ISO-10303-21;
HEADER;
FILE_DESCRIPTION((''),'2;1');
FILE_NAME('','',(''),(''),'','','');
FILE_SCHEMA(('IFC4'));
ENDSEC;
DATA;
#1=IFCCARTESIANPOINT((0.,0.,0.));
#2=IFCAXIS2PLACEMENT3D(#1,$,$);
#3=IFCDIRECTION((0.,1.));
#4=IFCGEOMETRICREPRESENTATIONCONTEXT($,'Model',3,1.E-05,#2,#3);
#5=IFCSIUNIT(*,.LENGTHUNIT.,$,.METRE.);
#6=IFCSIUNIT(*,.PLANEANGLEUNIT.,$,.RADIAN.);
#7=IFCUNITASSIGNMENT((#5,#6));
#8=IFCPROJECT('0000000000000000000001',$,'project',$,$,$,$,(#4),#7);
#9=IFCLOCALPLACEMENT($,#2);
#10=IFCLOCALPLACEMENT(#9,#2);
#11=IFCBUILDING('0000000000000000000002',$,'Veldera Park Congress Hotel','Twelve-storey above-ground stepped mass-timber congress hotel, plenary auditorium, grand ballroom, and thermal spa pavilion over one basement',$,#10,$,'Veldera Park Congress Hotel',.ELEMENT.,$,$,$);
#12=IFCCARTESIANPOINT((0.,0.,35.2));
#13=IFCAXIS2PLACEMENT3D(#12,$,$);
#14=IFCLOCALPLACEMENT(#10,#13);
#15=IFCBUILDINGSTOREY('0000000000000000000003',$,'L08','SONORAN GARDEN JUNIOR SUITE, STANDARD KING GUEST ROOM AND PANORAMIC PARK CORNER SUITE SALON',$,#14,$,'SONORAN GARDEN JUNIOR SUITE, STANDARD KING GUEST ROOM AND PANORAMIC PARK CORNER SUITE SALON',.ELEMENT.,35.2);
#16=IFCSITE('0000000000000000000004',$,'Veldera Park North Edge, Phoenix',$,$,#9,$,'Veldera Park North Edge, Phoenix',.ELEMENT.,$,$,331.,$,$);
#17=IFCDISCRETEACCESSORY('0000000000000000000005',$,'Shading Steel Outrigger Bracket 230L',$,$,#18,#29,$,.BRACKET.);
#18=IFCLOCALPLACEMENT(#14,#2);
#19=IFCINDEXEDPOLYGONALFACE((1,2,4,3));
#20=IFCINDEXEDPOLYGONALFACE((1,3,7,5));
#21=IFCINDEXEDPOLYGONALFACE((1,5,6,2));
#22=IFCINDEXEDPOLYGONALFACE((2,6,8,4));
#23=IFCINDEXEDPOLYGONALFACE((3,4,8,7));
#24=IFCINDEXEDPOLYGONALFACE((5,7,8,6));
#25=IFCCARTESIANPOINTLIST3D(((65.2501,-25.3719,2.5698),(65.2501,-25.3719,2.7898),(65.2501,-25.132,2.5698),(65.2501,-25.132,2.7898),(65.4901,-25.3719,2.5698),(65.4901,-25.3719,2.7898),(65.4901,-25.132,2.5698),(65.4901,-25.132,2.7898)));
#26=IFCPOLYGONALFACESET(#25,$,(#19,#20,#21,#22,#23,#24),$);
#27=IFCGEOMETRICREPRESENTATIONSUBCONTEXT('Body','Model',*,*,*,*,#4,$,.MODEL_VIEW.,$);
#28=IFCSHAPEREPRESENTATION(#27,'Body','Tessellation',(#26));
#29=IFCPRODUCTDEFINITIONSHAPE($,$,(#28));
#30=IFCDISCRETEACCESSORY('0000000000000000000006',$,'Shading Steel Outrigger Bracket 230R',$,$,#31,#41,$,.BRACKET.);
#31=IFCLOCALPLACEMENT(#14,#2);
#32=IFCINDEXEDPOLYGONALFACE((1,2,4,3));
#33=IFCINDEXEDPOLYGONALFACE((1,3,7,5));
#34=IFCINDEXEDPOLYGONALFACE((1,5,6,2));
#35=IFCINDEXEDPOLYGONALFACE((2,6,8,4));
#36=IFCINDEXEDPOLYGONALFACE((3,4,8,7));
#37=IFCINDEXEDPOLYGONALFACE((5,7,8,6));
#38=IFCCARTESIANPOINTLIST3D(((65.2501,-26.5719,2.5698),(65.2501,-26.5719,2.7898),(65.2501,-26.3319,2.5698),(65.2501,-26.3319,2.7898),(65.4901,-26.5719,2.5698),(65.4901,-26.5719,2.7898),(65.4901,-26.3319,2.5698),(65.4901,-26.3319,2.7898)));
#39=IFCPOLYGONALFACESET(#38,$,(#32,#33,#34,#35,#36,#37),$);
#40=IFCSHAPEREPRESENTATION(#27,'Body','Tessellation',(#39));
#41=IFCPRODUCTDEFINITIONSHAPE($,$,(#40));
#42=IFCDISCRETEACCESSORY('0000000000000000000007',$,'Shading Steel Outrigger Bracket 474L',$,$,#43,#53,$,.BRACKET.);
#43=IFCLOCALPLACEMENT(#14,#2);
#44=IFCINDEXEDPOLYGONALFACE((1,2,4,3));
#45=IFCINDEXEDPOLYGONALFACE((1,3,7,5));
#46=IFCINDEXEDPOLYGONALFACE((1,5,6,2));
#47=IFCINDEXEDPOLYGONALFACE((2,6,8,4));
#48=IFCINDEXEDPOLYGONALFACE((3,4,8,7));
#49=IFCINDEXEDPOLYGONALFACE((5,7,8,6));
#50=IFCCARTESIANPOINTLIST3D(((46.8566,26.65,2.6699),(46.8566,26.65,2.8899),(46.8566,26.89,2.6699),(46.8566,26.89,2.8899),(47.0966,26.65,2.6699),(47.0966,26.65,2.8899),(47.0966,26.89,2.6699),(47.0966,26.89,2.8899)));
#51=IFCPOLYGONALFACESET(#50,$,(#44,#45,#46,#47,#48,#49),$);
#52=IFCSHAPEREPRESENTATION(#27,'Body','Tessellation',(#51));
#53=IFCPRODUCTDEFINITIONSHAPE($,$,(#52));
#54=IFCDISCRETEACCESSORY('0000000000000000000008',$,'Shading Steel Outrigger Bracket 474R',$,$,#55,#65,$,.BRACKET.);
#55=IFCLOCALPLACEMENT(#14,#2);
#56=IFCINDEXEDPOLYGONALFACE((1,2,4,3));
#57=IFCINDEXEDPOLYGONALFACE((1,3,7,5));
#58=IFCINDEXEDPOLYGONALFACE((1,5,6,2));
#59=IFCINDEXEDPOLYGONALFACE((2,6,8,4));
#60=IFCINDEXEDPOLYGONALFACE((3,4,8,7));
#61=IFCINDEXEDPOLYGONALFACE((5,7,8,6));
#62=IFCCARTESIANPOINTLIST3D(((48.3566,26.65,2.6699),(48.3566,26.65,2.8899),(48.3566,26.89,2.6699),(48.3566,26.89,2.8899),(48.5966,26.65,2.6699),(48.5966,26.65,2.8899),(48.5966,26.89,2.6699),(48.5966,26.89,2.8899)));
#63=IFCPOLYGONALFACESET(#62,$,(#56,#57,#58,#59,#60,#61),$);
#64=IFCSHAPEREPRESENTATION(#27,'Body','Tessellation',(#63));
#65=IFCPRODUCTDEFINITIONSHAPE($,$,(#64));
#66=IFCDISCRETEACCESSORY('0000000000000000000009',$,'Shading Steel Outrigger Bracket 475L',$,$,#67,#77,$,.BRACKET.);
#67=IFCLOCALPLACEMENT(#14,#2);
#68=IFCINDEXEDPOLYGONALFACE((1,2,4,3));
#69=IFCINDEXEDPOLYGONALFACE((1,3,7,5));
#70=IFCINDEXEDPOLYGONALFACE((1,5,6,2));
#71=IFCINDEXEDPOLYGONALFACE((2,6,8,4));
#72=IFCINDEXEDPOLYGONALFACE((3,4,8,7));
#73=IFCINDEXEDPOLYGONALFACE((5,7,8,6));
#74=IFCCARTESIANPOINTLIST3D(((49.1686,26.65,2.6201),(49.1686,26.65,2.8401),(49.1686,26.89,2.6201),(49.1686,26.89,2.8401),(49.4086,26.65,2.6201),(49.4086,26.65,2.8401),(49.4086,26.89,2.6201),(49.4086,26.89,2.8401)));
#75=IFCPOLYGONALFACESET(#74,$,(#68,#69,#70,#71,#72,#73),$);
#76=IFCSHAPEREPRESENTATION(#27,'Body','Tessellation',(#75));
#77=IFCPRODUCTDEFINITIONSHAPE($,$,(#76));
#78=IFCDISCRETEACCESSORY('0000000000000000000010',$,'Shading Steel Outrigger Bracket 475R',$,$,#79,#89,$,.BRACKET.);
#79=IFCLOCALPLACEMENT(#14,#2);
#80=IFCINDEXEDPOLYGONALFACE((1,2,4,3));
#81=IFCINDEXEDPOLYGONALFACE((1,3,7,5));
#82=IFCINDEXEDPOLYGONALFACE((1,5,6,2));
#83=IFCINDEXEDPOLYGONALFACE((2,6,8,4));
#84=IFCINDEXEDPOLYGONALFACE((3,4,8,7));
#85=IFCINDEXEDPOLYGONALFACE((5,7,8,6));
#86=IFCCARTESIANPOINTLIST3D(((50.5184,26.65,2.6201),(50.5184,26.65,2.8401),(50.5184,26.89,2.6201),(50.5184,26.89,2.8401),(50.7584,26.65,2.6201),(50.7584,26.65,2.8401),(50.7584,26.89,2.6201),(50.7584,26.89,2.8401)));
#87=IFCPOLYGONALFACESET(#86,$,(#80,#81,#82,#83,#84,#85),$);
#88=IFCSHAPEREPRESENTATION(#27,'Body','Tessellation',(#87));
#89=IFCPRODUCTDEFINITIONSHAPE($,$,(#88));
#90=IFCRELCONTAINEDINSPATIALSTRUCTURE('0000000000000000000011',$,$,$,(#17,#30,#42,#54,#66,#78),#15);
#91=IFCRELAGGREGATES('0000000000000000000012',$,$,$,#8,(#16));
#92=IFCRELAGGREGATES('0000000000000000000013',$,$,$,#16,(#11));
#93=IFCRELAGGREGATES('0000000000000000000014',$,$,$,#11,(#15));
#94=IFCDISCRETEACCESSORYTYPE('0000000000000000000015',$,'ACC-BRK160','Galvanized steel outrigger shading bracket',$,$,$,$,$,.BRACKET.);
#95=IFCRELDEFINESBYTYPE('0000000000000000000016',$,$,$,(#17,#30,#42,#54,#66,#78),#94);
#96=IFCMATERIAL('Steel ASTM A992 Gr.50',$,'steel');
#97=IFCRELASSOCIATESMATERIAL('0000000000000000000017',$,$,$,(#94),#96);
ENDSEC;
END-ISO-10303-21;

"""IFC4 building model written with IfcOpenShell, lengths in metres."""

from ifc_helpers import new_model, si_unit, direction, frame, origin, origin_2d, place, context, subcontext, project, spatial, rectangle, extrude, material, type_object, element, save


model = new_model("IFC4")

# Units and contexts
model_context = context("Model", 3, precision=1e-05, world=origin(), true_north=direction((0.0, 1.0)))
body_context = subcontext(model_context, "Body", "Model", "MODEL_VIEW")
ifc_project = project(units=[si_unit("LENGTHUNIT", "METRE"), si_unit("PLANEANGLEUNIT", "RADIAN")], contexts=[model_context])

# Site, building, storey
site_placement = place(None, origin())
site = spatial("IfcSite", under=ifc_project, at=site_placement, Name="Veldera Park North Edge, Phoenix", LongName="Veldera Park North Edge, Phoenix", CompositionType="ELEMENT", RefElevation=331.0)
building_placement = place(site_placement, origin())
building = spatial("IfcBuilding", under=site, at=building_placement, Name="Veldera Park Congress Hotel", Description="Twelve-storey above-ground stepped mass-timber congress hotel, plenary auditorium, grand ballroom, and thermal spa pavilion over one basement", LongName="Veldera Park Congress Hotel", CompositionType="ELEMENT")
storey_placement = place(building_placement, frame((0.0, 0.0, 35.2)))
storey = spatial("IfcBuildingStorey", under=building, at=storey_placement, Name="L08", Description="SONORAN GARDEN JUNIOR SUITE, STANDARD KING GUEST ROOM AND PANORAMIC PARK CORNER SUITE SALON", LongName="SONORAN GARDEN JUNIOR SUITE, STANDARD KING GUEST ROOM AND PANORAMIC PARK CORNER SUITE SALON", CompositionType="ELEMENT", Elevation=35.2)

# Discrete accessories
ifc_material_1 = material(Name="Steel ASTM A992 Gr.50", Category="steel")
discrete_accessory_type = type_object("IfcDiscreteAccessoryType", Name="ACC-BRK160", Description="Galvanized steel outrigger shading bracket", PredefinedType="BRACKET", material=ifc_material_1)
for number, where, z_axis, x_axis, name in (
    (1, (65.3701, -25.252, 2.5698), (0.0, 0.0, 1.0), (0.0, -1.0, 0.0), "Shading Steel Outrigger Bracket 230L"),
    (2, (65.3701, -26.4519, 2.5698), (0.0, 0.0, 1.0), (0.0, -1.0, 0.0), "Shading Steel Outrigger Bracket 230R"),
    (3, (46.9766, 26.77, 2.6699), (0.0, 0.0, 1.0), (1.0, 0.0, 0.0), "Shading Steel Outrigger Bracket 474L"),
    (4, (48.4766, 26.77, 2.6699), (0.0, 0.0, 1.0), (1.0, 0.0, 0.0), "Shading Steel Outrigger Bracket 474R"),
    (5, (49.2886, 26.77, 2.6201), (0.0, 0.0, 1.0), (1.0, 0.0, 0.0), "Shading Steel Outrigger Bracket 475L"),
    (6, (50.6384, 26.77, 2.6201), (0.0, 0.0, 1.0), (1.0, 0.0, 0.0), "Shading Steel Outrigger Bracket 475R"),
):
    element("IfcDiscreteAccessory", number, at=place(storey_placement, frame(where, z_axis=z_axis, x_axis=x_axis)), inside=storey, type_object=discrete_accessory_type, Name=name, PredefinedType="BRACKET", context=body_context, shape_type="SweptSolid", body=[
        extrude(rectangle(XDim=0.24, YDim=0.24, at=origin_2d()), origin(), (0.0, 0.0, 1.0), 0.22),
    ])

save(model, "model.ifc")
